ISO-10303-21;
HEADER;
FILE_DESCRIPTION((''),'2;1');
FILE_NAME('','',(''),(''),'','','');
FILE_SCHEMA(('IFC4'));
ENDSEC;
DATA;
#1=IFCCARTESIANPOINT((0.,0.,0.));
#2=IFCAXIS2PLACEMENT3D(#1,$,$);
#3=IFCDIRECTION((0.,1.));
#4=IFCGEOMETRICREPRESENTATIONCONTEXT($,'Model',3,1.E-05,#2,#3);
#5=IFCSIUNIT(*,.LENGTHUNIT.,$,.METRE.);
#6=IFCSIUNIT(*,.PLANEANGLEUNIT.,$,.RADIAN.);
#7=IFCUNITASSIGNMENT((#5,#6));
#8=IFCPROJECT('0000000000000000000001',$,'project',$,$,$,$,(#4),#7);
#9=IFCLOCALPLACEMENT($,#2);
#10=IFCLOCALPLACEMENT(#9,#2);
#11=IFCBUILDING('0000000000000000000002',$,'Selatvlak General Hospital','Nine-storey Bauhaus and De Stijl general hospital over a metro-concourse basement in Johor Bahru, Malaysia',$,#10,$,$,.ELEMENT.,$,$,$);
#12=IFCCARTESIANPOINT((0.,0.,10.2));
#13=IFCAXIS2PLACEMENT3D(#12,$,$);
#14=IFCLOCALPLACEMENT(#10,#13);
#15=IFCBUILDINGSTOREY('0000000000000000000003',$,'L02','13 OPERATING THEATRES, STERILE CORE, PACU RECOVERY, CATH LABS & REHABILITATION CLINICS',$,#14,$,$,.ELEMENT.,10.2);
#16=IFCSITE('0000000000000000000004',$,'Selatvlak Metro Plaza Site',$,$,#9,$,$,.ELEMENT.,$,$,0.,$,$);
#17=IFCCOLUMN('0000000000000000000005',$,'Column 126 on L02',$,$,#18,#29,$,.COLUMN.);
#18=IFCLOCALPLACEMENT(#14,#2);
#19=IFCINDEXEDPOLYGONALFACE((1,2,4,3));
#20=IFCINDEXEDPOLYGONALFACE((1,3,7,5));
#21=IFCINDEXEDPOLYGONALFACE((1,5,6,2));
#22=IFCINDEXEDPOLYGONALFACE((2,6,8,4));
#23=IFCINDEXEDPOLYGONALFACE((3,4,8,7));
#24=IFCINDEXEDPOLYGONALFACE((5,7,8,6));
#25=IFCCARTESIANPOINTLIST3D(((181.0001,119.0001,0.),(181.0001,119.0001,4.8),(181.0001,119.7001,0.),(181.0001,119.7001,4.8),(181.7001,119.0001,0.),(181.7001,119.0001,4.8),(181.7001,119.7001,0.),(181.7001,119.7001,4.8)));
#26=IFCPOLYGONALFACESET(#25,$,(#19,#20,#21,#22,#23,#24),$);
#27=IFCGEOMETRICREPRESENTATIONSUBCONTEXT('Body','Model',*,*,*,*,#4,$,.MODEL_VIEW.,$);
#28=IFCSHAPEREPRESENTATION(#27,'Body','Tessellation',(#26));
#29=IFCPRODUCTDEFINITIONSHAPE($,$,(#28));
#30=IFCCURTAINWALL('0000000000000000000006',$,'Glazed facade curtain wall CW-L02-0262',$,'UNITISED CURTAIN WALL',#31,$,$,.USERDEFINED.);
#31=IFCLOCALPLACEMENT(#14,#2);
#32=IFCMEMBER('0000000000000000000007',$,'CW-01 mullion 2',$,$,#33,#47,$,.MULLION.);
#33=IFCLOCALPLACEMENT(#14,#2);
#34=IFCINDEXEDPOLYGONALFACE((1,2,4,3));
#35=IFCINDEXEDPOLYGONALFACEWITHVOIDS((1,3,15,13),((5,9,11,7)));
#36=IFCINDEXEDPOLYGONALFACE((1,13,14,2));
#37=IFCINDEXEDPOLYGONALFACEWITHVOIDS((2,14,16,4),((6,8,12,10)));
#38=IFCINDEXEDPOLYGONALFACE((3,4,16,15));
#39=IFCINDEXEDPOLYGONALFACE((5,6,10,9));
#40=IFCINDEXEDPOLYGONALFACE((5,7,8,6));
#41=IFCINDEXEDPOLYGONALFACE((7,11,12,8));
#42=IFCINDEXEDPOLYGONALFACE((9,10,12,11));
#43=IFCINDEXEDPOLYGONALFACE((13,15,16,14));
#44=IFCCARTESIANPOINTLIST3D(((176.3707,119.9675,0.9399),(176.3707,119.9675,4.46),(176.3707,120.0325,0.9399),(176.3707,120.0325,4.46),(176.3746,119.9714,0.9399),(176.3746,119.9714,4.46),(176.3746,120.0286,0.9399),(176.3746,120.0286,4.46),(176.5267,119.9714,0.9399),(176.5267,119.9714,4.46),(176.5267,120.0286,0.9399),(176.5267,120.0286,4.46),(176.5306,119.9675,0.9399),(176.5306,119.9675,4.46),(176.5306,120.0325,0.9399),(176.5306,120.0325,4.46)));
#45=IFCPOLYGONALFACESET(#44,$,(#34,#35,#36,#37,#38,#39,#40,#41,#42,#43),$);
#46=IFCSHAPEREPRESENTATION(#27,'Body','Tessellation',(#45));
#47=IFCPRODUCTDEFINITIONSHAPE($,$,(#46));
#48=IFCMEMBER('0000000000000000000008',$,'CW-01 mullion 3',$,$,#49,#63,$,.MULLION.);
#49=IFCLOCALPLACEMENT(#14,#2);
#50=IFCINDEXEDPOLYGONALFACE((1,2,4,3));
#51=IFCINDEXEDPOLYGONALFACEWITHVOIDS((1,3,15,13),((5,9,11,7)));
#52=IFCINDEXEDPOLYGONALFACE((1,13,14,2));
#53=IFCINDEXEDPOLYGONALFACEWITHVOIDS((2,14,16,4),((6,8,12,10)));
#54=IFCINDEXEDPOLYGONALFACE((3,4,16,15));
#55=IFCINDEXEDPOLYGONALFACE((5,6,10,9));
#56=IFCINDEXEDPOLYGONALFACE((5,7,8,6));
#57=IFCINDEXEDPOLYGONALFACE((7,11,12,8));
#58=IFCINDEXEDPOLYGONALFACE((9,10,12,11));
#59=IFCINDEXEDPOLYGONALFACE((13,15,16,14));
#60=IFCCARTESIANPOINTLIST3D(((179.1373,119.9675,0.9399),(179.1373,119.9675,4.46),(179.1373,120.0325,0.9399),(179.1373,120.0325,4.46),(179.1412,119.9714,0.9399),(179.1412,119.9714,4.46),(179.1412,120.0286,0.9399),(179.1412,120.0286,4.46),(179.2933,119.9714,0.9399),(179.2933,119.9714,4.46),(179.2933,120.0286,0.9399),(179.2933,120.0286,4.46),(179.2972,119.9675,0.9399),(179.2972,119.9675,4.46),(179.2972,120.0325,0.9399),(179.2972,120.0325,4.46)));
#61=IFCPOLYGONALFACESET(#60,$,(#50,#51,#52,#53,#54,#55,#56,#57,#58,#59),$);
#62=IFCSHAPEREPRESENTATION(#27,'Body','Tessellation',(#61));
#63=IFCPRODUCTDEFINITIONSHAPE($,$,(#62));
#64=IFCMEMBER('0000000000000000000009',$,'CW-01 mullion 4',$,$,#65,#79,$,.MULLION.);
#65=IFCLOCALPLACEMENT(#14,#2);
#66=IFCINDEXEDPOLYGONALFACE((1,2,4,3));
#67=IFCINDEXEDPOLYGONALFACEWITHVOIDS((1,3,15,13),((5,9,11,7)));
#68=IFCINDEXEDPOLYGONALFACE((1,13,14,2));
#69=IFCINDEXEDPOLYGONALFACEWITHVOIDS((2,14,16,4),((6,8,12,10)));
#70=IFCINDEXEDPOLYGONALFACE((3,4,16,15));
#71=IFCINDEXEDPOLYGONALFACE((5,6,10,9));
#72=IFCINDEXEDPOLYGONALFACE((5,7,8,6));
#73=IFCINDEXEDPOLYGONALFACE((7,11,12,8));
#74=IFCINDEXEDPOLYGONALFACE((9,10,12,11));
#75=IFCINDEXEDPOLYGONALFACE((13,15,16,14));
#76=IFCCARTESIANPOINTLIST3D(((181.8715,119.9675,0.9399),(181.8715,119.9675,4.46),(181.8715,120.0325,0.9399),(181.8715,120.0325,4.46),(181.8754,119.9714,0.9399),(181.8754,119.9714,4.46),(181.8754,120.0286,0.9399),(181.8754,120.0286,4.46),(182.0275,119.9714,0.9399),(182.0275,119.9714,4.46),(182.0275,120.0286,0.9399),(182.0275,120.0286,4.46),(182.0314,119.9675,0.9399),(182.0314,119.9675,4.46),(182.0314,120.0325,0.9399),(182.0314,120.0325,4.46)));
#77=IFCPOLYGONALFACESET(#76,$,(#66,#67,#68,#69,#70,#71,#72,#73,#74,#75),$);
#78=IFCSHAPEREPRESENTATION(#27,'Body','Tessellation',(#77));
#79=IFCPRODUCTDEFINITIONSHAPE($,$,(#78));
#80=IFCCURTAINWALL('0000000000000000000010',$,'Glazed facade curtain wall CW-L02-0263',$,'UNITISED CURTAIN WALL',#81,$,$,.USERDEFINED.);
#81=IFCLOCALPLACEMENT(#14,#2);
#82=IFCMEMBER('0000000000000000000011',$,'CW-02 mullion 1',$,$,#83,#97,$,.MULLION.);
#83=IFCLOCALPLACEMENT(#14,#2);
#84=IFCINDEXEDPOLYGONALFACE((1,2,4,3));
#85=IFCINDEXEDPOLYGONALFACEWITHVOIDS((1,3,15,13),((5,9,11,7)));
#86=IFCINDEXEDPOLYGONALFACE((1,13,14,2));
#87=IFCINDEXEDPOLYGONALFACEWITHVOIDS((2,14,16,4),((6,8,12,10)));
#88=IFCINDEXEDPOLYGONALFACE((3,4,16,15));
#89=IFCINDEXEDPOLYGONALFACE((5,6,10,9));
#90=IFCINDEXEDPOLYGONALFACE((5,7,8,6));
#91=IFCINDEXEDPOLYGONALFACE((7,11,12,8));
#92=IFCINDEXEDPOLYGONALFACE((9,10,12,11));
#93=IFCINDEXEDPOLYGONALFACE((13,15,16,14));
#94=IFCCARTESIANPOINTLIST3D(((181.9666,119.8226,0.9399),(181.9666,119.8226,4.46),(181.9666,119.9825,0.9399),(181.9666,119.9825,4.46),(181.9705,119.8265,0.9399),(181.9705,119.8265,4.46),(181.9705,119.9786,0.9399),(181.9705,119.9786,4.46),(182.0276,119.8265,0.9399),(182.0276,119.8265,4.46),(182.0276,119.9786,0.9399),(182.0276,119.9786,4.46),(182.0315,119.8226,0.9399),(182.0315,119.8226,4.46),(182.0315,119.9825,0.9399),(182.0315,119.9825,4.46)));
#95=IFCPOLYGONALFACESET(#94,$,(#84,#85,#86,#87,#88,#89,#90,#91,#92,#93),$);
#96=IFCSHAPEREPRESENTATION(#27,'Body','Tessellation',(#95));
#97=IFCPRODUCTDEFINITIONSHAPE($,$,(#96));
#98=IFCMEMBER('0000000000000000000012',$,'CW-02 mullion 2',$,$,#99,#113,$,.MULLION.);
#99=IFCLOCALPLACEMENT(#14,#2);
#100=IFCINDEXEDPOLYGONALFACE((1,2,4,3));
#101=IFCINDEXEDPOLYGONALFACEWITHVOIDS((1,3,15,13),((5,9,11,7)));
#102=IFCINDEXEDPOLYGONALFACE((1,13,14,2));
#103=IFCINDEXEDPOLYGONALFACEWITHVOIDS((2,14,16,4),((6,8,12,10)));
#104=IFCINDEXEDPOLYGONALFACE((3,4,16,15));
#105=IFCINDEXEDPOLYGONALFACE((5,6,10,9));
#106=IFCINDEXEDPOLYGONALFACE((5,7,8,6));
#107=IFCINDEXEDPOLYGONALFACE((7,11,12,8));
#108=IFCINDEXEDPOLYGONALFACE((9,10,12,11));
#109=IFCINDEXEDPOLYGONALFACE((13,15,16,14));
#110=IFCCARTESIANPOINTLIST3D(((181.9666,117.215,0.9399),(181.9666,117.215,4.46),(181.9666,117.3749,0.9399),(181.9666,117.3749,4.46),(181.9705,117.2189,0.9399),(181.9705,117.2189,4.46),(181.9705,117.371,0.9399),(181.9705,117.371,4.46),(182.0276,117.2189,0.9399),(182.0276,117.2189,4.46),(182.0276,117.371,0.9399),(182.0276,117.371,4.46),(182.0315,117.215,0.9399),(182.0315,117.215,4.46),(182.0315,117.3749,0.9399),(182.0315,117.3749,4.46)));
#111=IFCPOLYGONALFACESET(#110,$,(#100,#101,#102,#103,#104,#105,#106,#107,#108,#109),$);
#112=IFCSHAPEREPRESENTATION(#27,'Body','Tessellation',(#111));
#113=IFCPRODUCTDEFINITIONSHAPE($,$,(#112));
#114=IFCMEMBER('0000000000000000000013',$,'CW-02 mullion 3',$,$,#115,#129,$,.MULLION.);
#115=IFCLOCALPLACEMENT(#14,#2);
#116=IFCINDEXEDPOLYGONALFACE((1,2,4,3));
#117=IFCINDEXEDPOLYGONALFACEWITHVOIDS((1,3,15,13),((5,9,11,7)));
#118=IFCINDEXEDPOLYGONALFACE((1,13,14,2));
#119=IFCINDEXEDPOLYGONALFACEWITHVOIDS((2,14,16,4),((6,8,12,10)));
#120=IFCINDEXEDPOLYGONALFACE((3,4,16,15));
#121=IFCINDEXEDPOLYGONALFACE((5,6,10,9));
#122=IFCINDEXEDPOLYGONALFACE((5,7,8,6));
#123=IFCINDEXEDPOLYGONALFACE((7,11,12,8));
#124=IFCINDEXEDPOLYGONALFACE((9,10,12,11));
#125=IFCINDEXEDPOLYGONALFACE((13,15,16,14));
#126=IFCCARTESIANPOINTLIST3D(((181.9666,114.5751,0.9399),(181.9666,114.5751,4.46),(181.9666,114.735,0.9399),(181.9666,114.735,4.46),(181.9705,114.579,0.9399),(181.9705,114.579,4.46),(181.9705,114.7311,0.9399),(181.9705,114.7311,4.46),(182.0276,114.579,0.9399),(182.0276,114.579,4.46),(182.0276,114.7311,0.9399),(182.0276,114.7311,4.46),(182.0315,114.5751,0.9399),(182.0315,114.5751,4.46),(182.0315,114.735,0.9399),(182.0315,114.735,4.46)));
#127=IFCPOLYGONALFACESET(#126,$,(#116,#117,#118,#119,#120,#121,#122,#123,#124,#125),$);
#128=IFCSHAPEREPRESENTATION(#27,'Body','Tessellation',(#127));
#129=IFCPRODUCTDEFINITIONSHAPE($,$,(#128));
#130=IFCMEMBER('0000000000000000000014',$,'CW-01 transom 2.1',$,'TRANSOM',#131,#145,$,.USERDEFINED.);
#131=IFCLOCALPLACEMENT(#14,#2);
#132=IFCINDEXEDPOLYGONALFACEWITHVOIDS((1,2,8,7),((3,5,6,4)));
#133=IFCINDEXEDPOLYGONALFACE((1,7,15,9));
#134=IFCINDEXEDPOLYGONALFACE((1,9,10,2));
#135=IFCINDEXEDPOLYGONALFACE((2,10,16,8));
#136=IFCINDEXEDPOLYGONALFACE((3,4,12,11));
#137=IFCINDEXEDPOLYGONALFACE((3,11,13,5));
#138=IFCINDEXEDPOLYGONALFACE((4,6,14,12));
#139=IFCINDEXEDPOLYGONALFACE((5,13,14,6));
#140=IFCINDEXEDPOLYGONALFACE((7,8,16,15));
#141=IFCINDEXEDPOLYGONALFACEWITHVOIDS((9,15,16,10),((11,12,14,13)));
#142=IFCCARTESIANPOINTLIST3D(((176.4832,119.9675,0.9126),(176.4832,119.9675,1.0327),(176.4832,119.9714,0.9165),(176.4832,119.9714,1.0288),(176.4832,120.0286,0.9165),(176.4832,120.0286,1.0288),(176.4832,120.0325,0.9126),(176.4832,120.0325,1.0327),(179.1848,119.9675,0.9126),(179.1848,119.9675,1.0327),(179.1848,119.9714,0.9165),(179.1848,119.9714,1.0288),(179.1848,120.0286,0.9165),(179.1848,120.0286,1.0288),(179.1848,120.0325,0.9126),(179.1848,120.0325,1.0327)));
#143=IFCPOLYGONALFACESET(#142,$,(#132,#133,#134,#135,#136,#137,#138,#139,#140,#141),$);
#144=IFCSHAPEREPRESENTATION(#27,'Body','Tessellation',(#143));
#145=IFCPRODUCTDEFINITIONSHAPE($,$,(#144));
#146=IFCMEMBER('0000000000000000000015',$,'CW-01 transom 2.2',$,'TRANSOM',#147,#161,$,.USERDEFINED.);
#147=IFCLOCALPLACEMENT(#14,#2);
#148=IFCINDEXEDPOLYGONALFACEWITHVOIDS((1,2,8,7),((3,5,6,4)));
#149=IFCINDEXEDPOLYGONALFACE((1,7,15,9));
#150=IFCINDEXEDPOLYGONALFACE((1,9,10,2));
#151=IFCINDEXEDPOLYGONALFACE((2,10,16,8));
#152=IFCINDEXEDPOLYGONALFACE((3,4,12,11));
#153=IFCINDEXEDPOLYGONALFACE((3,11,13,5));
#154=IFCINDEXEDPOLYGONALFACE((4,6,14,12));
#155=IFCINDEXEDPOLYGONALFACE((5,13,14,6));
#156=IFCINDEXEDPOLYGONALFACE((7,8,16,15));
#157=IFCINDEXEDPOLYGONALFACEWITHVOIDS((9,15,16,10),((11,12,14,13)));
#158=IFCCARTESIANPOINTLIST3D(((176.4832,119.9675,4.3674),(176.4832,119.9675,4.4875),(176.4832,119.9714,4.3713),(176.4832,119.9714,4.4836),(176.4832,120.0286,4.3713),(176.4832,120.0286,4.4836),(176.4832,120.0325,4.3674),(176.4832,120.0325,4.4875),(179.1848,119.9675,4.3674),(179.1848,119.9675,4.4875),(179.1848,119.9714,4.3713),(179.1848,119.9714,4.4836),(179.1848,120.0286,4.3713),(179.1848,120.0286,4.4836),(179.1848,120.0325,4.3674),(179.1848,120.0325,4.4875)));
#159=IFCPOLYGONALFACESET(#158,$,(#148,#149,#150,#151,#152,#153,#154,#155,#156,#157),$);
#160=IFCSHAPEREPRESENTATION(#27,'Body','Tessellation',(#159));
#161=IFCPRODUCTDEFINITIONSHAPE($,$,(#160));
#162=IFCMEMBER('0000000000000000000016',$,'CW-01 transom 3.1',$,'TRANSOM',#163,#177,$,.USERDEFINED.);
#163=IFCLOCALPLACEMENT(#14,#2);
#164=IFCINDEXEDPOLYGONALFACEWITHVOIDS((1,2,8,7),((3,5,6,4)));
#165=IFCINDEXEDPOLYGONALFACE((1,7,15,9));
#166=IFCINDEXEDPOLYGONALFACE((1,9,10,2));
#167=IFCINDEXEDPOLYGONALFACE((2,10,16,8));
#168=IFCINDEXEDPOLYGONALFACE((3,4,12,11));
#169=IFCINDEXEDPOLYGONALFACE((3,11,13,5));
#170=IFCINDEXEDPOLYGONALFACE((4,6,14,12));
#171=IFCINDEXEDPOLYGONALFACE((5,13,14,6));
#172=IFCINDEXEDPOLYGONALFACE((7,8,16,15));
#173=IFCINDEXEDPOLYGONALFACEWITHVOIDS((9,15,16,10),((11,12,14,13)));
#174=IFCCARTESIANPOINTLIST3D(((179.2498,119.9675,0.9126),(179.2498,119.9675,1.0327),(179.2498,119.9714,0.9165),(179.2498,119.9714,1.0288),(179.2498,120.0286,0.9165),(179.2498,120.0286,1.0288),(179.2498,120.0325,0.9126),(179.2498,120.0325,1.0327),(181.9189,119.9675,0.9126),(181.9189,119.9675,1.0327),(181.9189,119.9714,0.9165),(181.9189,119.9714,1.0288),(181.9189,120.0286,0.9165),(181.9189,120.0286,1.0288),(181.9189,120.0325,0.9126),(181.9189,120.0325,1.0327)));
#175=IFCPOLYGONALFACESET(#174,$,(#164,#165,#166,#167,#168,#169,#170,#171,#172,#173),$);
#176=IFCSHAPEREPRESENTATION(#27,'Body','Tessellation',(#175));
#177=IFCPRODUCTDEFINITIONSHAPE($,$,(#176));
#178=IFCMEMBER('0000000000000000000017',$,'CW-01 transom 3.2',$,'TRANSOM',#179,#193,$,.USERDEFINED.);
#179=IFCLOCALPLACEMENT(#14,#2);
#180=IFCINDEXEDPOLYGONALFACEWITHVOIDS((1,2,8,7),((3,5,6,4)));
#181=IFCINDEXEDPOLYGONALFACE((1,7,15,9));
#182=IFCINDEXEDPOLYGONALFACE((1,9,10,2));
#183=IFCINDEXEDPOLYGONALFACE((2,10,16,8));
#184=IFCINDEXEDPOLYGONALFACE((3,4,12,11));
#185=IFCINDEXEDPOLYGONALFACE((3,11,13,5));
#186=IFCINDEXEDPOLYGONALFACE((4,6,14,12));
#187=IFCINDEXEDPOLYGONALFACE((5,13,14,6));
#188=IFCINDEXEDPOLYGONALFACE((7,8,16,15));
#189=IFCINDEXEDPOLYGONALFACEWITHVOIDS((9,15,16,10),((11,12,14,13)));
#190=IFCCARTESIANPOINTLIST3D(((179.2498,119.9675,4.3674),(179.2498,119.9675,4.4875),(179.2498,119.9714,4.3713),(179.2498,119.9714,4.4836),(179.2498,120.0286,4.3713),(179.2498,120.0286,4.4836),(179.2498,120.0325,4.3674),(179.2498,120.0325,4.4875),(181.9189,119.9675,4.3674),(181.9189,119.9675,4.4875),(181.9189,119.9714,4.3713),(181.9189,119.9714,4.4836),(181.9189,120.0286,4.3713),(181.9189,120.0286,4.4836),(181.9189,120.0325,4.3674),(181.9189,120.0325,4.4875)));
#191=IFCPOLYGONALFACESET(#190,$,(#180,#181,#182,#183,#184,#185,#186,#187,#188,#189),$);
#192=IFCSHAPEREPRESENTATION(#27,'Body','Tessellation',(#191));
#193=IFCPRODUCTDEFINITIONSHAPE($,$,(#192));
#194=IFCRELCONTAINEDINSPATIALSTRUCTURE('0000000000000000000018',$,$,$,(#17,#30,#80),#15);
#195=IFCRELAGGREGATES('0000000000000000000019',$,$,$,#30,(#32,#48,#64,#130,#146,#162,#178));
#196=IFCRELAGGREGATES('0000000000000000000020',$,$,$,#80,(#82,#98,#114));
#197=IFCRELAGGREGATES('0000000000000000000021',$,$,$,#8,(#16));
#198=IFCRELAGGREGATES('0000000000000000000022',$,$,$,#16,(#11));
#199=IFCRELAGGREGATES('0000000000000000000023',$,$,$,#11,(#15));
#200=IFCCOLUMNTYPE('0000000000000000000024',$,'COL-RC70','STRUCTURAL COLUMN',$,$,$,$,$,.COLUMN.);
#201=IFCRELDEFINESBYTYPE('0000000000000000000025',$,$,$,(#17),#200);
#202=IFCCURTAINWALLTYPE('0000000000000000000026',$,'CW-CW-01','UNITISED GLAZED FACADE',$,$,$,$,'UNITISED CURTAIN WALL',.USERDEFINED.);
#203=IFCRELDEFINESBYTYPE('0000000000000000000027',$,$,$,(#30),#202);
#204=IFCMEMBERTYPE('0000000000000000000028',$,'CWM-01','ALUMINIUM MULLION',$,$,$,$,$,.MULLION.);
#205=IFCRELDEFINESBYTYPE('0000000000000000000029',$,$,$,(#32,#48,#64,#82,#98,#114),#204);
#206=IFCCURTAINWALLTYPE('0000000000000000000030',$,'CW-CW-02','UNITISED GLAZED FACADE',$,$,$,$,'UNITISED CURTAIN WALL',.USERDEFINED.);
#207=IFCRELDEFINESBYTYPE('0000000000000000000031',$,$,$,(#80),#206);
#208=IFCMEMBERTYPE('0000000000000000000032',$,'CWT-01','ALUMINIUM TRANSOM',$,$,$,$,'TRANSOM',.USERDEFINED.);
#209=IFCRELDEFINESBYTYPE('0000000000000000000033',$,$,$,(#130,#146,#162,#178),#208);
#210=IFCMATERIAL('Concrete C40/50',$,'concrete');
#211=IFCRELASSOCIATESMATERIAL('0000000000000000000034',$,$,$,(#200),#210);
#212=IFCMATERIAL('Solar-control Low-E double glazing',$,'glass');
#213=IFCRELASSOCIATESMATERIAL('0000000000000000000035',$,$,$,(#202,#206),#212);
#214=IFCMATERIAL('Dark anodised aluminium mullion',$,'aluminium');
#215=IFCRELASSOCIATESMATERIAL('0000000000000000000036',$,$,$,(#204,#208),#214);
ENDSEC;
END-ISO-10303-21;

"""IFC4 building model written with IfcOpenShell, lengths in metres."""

from ifc_helpers import new_model, si_unit, direction, frame, origin, origin_2d, place, context, subcontext, project, spatial, rectangle, hollow_rectangle, extrude, material, material_profile, profile_set, type_object, element, aggregate, save


model = new_model("IFC4")

# Units and contexts
model_context = context("Model", 3, precision=1e-05, world=origin(), true_north=direction((0.0, 1.0)))
body_context = subcontext(model_context, "Body", "Model", "MODEL_VIEW")
ifc_project = project(units=[si_unit("LENGTHUNIT", "METRE"), si_unit("PLANEANGLEUNIT", "RADIAN")], contexts=[model_context])

# Site, building, storey
site_placement = place(None, origin())
site = spatial("IfcSite", under=ifc_project, at=site_placement, Name="Selatvlak Metro Plaza Site", CompositionType="ELEMENT", RefElevation=0.0)
building_placement = place(site_placement, origin())
building = spatial("IfcBuilding", under=site, at=building_placement, Name="Selatvlak General Hospital", Description="Nine-storey Bauhaus and De Stijl general hospital over a metro-concourse basement in Johor Bahru, Malaysia", CompositionType="ELEMENT")
storey_placement = place(building_placement, frame((0.0, 0.0, 10.2)))
storey = spatial("IfcBuildingStorey", under=building, at=storey_placement, Name="L02", Description="13 OPERATING THEATRES, STERILE CORE, PACU RECOVERY, CATH LABS & REHABILITATION CLINICS", CompositionType="ELEMENT", Elevation=10.2)

# Column
ifc_material_1 = material(Name="Concrete C40/50", Category="concrete")
ifc_material_profile_1 = material_profile(ifc_material_1, rectangle(XDim=0.7, YDim=0.7, at=origin_2d()), Name="RC-COL 700x700")
ifc_profile_set_1 = profile_set([ifc_material_profile_1], Name="Concrete C40/50")
column_type = type_object("IfcColumnType", Name="COL-RC70", Description="STRUCTURAL COLUMN", PredefinedType="COLUMN", material=ifc_profile_set_1)
column_placement = place(storey_placement, frame((181.3501, 119.3501, 0.0), z_axis=(0.0, 0.0, 1.0), x_axis=(1.0, 0.0, 0.0)))
element("IfcColumn", 1, at=column_placement, inside=storey, type_object=column_type, Name="Column 126 on L02", PredefinedType="COLUMN", context=body_context, shape_type="SweptSolid", body=[
    extrude(rectangle(XDim=0.7, YDim=0.7, at=origin_2d()), origin(), (0.0, 0.0, 1.0), 4.8),
])

# Curtain walls, members
ifc_material_2 = material(Name="Solar-control Low-E double glazing", Category="glass")
curtain_wall_type_1 = type_object("IfcCurtainWallType", Name="CW-CW-01", Description="UNITISED GLAZED FACADE", ElementType="UNITISED CURTAIN WALL", PredefinedType="USERDEFINED", material=ifc_material_2)
curtain_wall_1_placement = place(storey_placement, origin())
curtain_wall_1 = element("IfcCurtainWall", 2, at=curtain_wall_1_placement, inside=storey, type_object=curtain_wall_type_1, Name="Glazed facade curtain wall CW-L02-0262", ObjectType="UNITISED CURTAIN WALL", PredefinedType="USERDEFINED")
ifc_material_3 = material(Name="Dark anodised aluminium mullion", Category="aluminium")
ifc_material_profile_2 = material_profile(ifc_material_3, hollow_rectangle(XDim=0.0649, YDim=0.1599, WallThickness=0.0039, at=origin_2d()), Name="AL-MUL 65x160x4")
ifc_profile_set_2 = profile_set([ifc_material_profile_2], Name="Dark anodised aluminium mullion")
member_type_1 = type_object("IfcMemberType", Name="CWM-01", Description="ALUMINIUM MULLION", PredefinedType="MULLION", material=ifc_profile_set_2)
member_1_placement = place(storey_placement, frame((176.4507, 120.0, 0.9399), z_axis=(0.0, 0.0, 1.0), x_axis=(0.0, 1.0, 0.0)))
member_1 = element("IfcMember", 3, at=member_1_placement, type_object=member_type_1, Name="CW-01 mullion 2", PredefinedType="MULLION", context=body_context, shape_type="SweptSolid", body=[
    extrude(hollow_rectangle(XDim=0.0649, YDim=0.1599, WallThickness=0.0039, at=origin_2d()), origin(), (0.0, 0.0, 1.0), 3.52),
])
member_2_placement = place(storey_placement, frame((179.2173, 120.0, 0.9399), z_axis=(0.0, 0.0, 1.0), x_axis=(0.0, 1.0, 0.0)))
member_2 = element("IfcMember", 4, at=member_2_placement, type_object=member_type_1, Name="CW-01 mullion 3", PredefinedType="MULLION", context=body_context, shape_type="SweptSolid", body=[
    extrude(hollow_rectangle(XDim=0.0649, YDim=0.1599, WallThickness=0.0039, at=origin_2d()), origin(), (0.0, 0.0, 1.0), 3.52),
])
member_3_placement = place(storey_placement, frame((181.9514, 120.0, 0.9399), z_axis=(0.0, 0.0, 1.0), x_axis=(0.0, 1.0, 0.0)))
member_3 = element("IfcMember", 5, at=member_3_placement, type_object=member_type_1, Name="CW-01 mullion 4", PredefinedType="MULLION", context=body_context, shape_type="SweptSolid", body=[
    extrude(hollow_rectangle(XDim=0.0649, YDim=0.1599, WallThickness=0.0039, at=origin_2d()), origin(), (0.0, 0.0, 1.0), 3.52),
])
curtain_wall_type_2 = type_object("IfcCurtainWallType", Name="CW-CW-02", Description="UNITISED GLAZED FACADE", ElementType="UNITISED CURTAIN WALL", PredefinedType="USERDEFINED", material=ifc_material_2)
curtain_wall_2_placement = place(storey_placement, origin())
curtain_wall_2 = element("IfcCurtainWall", 6, at=curtain_wall_2_placement, inside=storey, type_object=curtain_wall_type_2, Name="Glazed facade curtain wall CW-L02-0263", ObjectType="UNITISED CURTAIN WALL", PredefinedType="USERDEFINED")
member_4_placement = place(storey_placement, frame((181.999, 119.9026, 0.9399), z_axis=(0.0, 0.0, 1.0), x_axis=(1.0, 0.0, 0.0)))
member_4 = element("IfcMember", 7, at=member_4_placement, type_object=member_type_1, Name="CW-02 mullion 1", PredefinedType="MULLION", context=body_context, shape_type="SweptSolid", body=[
    extrude(hollow_rectangle(XDim=0.0649, YDim=0.1599, WallThickness=0.0039, at=origin_2d()), origin(), (0.0, 0.0, 1.0), 3.52),
])
member_5_placement = place(storey_placement, frame((181.999, 117.2949, 0.9399), z_axis=(0.0, 0.0, 1.0), x_axis=(1.0, 0.0, 0.0)))
member_5 = element("IfcMember", 8, at=member_5_placement, type_object=member_type_1, Name="CW-02 mullion 2", PredefinedType="MULLION", context=body_context, shape_type="SweptSolid", body=[
    extrude(hollow_rectangle(XDim=0.0649, YDim=0.1599, WallThickness=0.0039, at=origin_2d()), origin(), (0.0, 0.0, 1.0), 3.52),
])
member_6_placement = place(storey_placement, frame((181.999, 114.655, 0.9399), z_axis=(0.0, 0.0, 1.0), x_axis=(1.0, 0.0, 0.0)))
member_6 = element("IfcMember", 9, at=member_6_placement, type_object=member_type_1, Name="CW-02 mullion 3", PredefinedType="MULLION", context=body_context, shape_type="SweptSolid", body=[
    extrude(hollow_rectangle(XDim=0.0649, YDim=0.1599, WallThickness=0.0039, at=origin_2d()), origin(), (0.0, 0.0, 1.0), 3.52),
])

# Members
ifc_material_profile_3 = material_profile(ifc_material_3, hollow_rectangle(XDim=0.0649, YDim=0.1201, WallThickness=0.0039, at=origin_2d()), Name="AL-TRN 65x120x4")
ifc_profile_set_3 = profile_set([ifc_material_profile_3], Name="Dark anodised aluminium mullion")
member_type_2 = type_object("IfcMemberType", Name="CWT-01", Description="ALUMINIUM TRANSOM", ElementType="TRANSOM", PredefinedType="USERDEFINED", material=ifc_profile_set_3)
member_7_placement = place(storey_placement, frame((176.4832, 120.0, 0.9727), z_axis=(1.0, 0.0, 0.0), x_axis=(0.0, 1.0, 0.0)))
member_7 = element("IfcMember", 10, at=member_7_placement, type_object=member_type_2, Name="CW-01 transom 2.1", ObjectType="TRANSOM", PredefinedType="USERDEFINED", context=body_context, shape_type="SweptSolid", body=[
    extrude(hollow_rectangle(XDim=0.0649, YDim=0.1201, WallThickness=0.0039, at=origin_2d()), origin(), (0.0, 0.0, 1.0), 2.7017),
])
member_8_placement = place(storey_placement, frame((176.4832, 120.0, 4.4275), z_axis=(1.0, 0.0, 0.0), x_axis=(0.0, 1.0, 0.0)))
member_8 = element("IfcMember", 11, at=member_8_placement, type_object=member_type_2, Name="CW-01 transom 2.2", ObjectType="TRANSOM", PredefinedType="USERDEFINED", context=body_context, shape_type="SweptSolid", body=[
    extrude(hollow_rectangle(XDim=0.0649, YDim=0.1201, WallThickness=0.0039, at=origin_2d()), origin(), (0.0, 0.0, 1.0), 2.7017),
])
member_9_placement = place(storey_placement, frame((179.2498, 120.0, 0.9727), z_axis=(1.0, 0.0, 0.0), x_axis=(0.0, 1.0, 0.0)))
member_9 = element("IfcMember", 12, at=member_9_placement, type_object=member_type_2, Name="CW-01 transom 3.1", ObjectType="TRANSOM", PredefinedType="USERDEFINED", context=body_context, shape_type="SweptSolid", body=[
    extrude(hollow_rectangle(XDim=0.0649, YDim=0.1201, WallThickness=0.0039, at=origin_2d()), origin(), (0.0, 0.0, 1.0), 2.6692),
])
member_10_placement = place(storey_placement, frame((179.2498, 120.0, 4.4275), z_axis=(1.0, 0.0, 0.0), x_axis=(0.0, 1.0, 0.0)))
member_10 = element("IfcMember", 13, at=member_10_placement, type_object=member_type_2, Name="CW-01 transom 3.2", ObjectType="TRANSOM", PredefinedType="USERDEFINED", context=body_context, shape_type="SweptSolid", body=[
    extrude(hollow_rectangle(XDim=0.0649, YDim=0.1201, WallThickness=0.0039, at=origin_2d()), origin(), (0.0, 0.0, 1.0), 2.6692),
])

aggregate(curtain_wall_1, [member_1, member_2, member_3, member_7, member_8, member_9, member_10])
aggregate(curtain_wall_2, [member_4, member_5, member_6])

save(model, "model.ifc")
